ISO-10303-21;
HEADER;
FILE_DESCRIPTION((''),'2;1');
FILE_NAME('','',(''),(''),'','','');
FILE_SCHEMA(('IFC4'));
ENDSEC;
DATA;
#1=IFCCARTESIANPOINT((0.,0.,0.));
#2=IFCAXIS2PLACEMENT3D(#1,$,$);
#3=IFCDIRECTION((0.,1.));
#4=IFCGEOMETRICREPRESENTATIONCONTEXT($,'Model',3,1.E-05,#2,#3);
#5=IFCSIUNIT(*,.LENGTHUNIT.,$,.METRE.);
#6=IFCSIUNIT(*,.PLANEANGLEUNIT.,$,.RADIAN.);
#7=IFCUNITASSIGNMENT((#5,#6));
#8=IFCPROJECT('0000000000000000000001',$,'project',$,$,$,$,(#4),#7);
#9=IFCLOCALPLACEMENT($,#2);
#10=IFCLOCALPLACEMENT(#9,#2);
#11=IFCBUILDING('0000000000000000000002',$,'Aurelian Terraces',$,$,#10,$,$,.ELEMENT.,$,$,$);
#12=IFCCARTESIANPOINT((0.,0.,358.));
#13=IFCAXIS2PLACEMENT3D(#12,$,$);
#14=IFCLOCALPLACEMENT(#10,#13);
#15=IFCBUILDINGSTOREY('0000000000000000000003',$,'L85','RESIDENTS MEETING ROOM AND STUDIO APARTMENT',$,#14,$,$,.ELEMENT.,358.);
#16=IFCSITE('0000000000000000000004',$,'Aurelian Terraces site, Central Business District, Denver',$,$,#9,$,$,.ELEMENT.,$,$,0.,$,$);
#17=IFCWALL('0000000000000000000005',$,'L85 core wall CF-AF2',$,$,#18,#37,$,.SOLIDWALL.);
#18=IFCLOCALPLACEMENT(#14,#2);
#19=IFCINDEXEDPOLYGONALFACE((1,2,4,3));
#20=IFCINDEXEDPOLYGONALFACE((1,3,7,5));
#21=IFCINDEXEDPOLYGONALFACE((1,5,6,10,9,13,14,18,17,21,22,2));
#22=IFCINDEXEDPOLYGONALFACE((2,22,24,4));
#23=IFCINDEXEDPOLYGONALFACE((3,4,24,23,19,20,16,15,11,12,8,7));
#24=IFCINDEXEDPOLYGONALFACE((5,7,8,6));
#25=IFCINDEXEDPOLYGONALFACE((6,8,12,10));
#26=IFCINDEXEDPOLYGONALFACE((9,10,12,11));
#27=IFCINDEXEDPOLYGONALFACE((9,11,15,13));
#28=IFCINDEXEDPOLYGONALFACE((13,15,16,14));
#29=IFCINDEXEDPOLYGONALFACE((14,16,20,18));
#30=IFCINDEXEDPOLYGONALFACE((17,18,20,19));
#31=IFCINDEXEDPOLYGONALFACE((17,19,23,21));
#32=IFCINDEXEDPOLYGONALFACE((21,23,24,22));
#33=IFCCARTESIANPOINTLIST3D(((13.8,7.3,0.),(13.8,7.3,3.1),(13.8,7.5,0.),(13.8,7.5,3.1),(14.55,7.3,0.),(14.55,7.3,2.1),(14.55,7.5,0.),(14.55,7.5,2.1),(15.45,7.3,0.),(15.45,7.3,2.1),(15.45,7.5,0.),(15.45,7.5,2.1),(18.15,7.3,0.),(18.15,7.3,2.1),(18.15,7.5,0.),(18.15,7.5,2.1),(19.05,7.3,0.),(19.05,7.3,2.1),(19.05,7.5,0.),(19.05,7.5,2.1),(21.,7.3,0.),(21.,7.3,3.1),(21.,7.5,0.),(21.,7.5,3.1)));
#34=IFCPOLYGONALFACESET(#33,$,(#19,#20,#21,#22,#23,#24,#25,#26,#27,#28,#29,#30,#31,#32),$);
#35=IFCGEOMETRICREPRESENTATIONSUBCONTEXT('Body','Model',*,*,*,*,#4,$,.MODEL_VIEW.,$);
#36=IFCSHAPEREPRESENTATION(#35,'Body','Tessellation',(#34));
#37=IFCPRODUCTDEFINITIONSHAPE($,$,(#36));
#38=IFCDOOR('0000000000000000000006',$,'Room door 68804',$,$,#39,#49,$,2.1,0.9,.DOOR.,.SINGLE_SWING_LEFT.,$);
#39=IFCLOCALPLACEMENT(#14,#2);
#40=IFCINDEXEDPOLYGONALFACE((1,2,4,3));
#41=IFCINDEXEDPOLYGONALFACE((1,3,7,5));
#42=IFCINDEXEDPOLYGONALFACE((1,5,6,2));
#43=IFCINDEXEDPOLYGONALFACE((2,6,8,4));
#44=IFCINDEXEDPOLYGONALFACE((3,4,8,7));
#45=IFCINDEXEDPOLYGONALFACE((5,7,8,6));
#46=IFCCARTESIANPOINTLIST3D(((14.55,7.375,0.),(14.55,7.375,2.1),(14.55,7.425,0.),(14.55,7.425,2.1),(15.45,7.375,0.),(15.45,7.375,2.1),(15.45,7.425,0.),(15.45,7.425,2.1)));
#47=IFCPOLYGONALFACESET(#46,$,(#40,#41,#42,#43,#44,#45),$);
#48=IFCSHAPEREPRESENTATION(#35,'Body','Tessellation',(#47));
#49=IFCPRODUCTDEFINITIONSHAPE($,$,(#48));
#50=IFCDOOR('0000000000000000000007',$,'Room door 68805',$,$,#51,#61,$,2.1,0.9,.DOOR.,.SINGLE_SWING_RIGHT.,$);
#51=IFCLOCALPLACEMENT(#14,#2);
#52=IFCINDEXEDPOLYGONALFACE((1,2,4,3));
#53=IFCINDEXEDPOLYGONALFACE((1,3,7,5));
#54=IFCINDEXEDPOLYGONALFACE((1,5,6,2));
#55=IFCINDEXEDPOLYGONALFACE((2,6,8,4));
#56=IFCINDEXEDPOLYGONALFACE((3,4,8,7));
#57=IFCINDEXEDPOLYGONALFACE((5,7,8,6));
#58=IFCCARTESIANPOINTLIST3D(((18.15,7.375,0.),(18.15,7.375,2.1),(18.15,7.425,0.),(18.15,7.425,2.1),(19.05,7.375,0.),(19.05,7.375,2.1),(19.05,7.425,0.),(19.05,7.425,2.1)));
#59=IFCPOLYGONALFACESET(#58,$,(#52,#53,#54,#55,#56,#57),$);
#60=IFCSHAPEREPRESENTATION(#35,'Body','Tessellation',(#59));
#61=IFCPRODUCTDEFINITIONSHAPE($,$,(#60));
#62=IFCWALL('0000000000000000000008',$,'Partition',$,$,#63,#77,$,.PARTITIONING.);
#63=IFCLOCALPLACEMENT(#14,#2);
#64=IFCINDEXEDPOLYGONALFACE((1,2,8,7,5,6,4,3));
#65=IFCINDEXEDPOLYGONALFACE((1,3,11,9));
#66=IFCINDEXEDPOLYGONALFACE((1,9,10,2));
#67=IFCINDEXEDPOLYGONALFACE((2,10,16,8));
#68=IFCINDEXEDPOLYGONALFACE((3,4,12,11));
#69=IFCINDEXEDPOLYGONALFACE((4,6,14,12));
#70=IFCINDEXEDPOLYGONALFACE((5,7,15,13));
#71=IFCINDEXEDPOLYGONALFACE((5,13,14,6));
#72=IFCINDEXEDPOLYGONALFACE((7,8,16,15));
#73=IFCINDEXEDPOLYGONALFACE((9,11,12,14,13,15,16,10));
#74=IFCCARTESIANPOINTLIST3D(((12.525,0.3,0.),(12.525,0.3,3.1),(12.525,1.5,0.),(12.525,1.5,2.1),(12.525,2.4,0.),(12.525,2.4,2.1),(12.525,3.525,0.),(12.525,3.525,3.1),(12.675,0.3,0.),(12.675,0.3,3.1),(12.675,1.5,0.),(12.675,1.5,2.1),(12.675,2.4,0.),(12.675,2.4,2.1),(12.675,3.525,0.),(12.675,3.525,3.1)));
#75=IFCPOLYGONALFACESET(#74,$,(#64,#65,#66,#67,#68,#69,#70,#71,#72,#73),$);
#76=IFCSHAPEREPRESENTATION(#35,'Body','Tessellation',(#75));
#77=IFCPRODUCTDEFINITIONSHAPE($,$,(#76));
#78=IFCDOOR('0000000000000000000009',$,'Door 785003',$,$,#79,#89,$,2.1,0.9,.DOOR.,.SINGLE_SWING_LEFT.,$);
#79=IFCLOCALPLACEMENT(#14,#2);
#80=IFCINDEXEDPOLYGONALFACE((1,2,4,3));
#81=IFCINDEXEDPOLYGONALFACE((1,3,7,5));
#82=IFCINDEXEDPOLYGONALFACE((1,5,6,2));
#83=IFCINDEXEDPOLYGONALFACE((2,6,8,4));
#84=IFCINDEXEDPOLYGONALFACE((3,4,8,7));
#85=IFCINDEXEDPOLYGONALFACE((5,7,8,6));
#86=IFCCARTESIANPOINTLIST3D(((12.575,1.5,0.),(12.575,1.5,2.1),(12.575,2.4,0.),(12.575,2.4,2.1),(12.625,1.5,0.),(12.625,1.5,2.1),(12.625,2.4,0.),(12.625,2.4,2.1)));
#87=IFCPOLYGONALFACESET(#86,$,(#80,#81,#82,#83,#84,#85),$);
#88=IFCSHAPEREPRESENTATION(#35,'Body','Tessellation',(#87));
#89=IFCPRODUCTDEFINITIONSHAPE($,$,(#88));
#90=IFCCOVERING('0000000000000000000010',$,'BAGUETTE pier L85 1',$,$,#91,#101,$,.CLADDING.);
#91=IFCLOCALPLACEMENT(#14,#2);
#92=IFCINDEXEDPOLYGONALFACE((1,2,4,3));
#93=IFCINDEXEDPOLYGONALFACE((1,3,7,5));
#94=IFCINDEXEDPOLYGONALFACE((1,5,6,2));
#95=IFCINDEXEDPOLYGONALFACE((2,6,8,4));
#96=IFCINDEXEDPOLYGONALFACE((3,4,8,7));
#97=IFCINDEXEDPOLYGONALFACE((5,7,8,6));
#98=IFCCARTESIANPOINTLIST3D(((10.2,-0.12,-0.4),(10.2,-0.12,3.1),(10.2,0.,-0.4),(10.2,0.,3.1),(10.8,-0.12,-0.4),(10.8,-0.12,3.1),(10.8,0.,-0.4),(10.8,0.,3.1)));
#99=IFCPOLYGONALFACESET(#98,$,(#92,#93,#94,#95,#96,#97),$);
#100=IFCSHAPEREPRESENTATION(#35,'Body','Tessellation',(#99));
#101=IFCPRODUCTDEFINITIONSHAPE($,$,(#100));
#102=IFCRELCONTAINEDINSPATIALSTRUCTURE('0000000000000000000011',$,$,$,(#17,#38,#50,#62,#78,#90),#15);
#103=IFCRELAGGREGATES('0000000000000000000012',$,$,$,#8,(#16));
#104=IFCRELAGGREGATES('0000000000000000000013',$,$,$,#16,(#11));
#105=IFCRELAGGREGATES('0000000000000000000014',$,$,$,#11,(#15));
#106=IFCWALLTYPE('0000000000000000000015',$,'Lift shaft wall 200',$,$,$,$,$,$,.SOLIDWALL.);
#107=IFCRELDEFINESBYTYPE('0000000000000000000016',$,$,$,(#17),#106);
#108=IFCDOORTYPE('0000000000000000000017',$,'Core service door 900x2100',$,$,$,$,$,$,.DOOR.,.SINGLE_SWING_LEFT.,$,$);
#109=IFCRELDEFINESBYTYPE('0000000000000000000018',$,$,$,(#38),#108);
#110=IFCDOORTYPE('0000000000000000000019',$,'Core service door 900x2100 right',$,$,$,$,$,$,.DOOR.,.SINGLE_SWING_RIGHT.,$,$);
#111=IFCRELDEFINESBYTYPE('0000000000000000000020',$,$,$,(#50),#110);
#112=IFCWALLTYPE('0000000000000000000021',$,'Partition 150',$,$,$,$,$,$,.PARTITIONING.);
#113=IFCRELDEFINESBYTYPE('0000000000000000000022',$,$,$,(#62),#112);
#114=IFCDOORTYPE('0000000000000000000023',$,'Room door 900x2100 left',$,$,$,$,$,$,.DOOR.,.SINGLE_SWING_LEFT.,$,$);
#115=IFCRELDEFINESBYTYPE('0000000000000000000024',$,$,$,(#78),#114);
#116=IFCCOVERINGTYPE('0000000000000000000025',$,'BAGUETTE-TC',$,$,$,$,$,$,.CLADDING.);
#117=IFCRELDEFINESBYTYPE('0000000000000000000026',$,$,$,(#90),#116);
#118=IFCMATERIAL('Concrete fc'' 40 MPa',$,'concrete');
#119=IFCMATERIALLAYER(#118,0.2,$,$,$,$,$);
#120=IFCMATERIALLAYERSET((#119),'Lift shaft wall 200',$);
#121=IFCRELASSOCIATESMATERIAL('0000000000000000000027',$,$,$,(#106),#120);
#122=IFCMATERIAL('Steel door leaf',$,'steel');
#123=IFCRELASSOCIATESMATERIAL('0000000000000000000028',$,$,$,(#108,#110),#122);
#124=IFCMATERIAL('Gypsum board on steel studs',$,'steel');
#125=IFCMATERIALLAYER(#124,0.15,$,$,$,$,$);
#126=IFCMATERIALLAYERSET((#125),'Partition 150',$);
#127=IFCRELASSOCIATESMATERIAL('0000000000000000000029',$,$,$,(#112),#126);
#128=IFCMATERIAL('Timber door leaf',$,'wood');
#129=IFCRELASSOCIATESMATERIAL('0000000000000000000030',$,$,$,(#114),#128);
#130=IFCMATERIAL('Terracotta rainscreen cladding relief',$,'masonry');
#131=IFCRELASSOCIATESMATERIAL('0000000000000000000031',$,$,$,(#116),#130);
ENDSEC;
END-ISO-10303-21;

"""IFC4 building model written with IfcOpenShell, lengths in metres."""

from ifc_helpers import new_model, si_unit, direction, frame, frame_2d, origin, origin_2d, place, context, subcontext, project, spatial, rectangle, extrude, source, transform, mapped, material, layer, layer_set, type_object, element, fill, save


model = new_model("IFC4")

# Units and contexts
model_context = context("Model", 3, precision=1e-05, world=origin(), true_north=direction((0.0, 1.0)))
body_context = subcontext(model_context, "Body", "Model", "MODEL_VIEW")
ifc_project = project(units=[si_unit("LENGTHUNIT", "METRE"), si_unit("PLANEANGLEUNIT", "RADIAN")], contexts=[model_context])

# Site, building, storey
site_placement = place(None, origin())
site = spatial("IfcSite", under=ifc_project, at=site_placement, Name="Aurelian Terraces site, Central Business District, Denver", CompositionType="ELEMENT", RefElevation=0.0)
building_placement = place(site_placement, origin())
building = spatial("IfcBuilding", under=site, at=building_placement, Name="Aurelian Terraces", CompositionType="ELEMENT")
storey_placement = place(building_placement, frame((0.0, 0.0, 358.0)))
storey = spatial("IfcBuildingStorey", under=building, at=storey_placement, Name="L85", Description="RESIDENTS MEETING ROOM AND STUDIO APARTMENT", CompositionType="ELEMENT", Elevation=358.0)

# Shared definitions
ifc_material_1 = material(Name="Concrete fc' 40 MPa", Category="concrete")
ifc_layer_1 = layer(ifc_material_1, 0.2)
ifc_layer_set_1 = layer_set([ifc_layer_1], Name="Lift shaft wall 200")
wall_type_1 = type_object("IfcWallType", Name="Lift shaft wall 200", PredefinedType="SOLIDWALL", material=ifc_layer_set_1)
ifc_material_2 = material(Name="Gypsum board on steel studs", Category="steel")

# Wall, openings, doors
shared_shape_1 = source(origin(), body_context, "Body", "SweptSolid", [
    extrude(rectangle(XDim=7.2, YDim=0.2, at=frame_2d((3.6, 0.0))), origin(), (0.0, 0.0, 1.0), 3.1),
])
wall_1_placement = place(storey_placement, frame((13.8, 7.4, 0.0), z_axis=(0.0, 0.0, 1.0), x_axis=(1.0, 0.0, 0.0)))
wall_1 = element("IfcWall", 1, at=wall_1_placement, inside=storey, type_object=wall_type_1, Name="L85 core wall CF-AF2", PredefinedType="SOLIDWALL", context=body_context, shape_type="MappedRepresentation", body=[
    mapped(shared_shape_1, transform((0.0, 0.0, 0.0), scale=1.0)),
])
shared_shape_2 = source(origin(), body_context, "Body", "SweptSolid", [
    extrude(rectangle(XDim=0.9, YDim=2.1, at=frame_2d((0.45, 1.05))), frame((0.0, 0.11, 0.0), z_axis=(0.0, -1.0, 0.0), x_axis=(1.0, 0.0, 0.0)), (0.0, 0.0, 1.0), 0.22),
])
opening_1_placement = place(wall_1_placement, frame((0.75, 0.0, 0.0)))
opening_1 = element("IfcOpeningElement", 2, at=opening_1_placement, cuts=wall_1, PredefinedType="OPENING", context=body_context, shape_type="MappedRepresentation", body=[
    mapped(shared_shape_2, transform((0.0, 0.0, 0.0), scale=1.0)),
])
opening_2_placement = place(wall_1_placement, frame((4.35, 0.0, 0.0)))
opening_2 = element("IfcOpeningElement", 3, at=opening_2_placement, cuts=wall_1, PredefinedType="OPENING", context=body_context, shape_type="MappedRepresentation", body=[
    mapped(shared_shape_2, transform((0.0, 0.0, 0.0), scale=1.0)),
])
ifc_material_3 = material(Name="Steel door leaf", Category="steel")
door_type_1 = type_object("IfcDoorType", Name="Core service door 900x2100", OperationType="SINGLE_SWING_LEFT", PredefinedType="DOOR", material=ifc_material_3)
shared_shape_3 = source(origin(), body_context, "Body", "SweptSolid", [
    extrude(rectangle(XDim=0.9, YDim=2.1, at=frame_2d((0.45, 1.05))), frame((0.0, 0.025, 0.0), z_axis=(0.0, -1.0, 0.0), x_axis=(1.0, 0.0, 0.0)), (0.0, 0.0, 1.0), 0.05),
])
door_1_placement = place(opening_1_placement, origin())
door_1 = element("IfcDoor", 4, at=door_1_placement, inside=storey, type_object=door_type_1, Name="Room door 68804", OperationType="SINGLE_SWING_LEFT", OverallHeight=2.1, OverallWidth=0.9, PredefinedType="DOOR", context=body_context, shape_type="MappedRepresentation", body=[
    mapped(shared_shape_3, transform((0.0, 0.0, 0.0), scale=1.0)),
])
fill(opening_1, door_1)
door_type_2 = type_object("IfcDoorType", Name="Core service door 900x2100 right", OperationType="SINGLE_SWING_RIGHT", PredefinedType="DOOR", material=ifc_material_3)
door_2_placement = place(opening_2_placement, origin())
door_2 = element("IfcDoor", 5, at=door_2_placement, inside=storey, type_object=door_type_2, Name="Room door 68805", OperationType="SINGLE_SWING_RIGHT", OverallHeight=2.1, OverallWidth=0.9, PredefinedType="DOOR", context=body_context, shape_type="MappedRepresentation", body=[
    mapped(shared_shape_3, transform((0.0, 0.0, 0.0), scale=1.0)),
])
fill(opening_2, door_2)

# Wall, opening, door
ifc_layer_2 = layer(ifc_material_2, 0.15)
ifc_layer_set_2 = layer_set([ifc_layer_2], Name="Partition 150")
wall_type_2 = type_object("IfcWallType", Name="Partition 150", PredefinedType="PARTITIONING", material=ifc_layer_set_2)
shared_shape_4 = source(origin(), body_context, "Body", "SweptSolid", [
    extrude(rectangle(XDim=3.225, YDim=0.15, at=frame_2d((1.6125, 0.0))), origin(), (0.0, 0.0, 1.0), 3.1),
])
wall_2_placement = place(storey_placement, frame((12.6, 3.525, 0.0), z_axis=(0.0, 0.0, 1.0), x_axis=(0.0, -1.0, 0.0)))
wall_2 = element("IfcWall", 6, at=wall_2_placement, inside=storey, type_object=wall_type_2, Name="Partition", PredefinedType="PARTITIONING", context=body_context, shape_type="MappedRepresentation", body=[
    mapped(shared_shape_4, transform((0.0, 0.0, 0.0), scale=1.0)),
])
shared_shape_5 = source(origin(), body_context, "Body", "SweptSolid", [
    extrude(rectangle(XDim=0.9, YDim=2.1, at=frame_2d((0.45, 1.05))), frame((0.0, 0.085, 0.0), z_axis=(0.0, -1.0, 0.0), x_axis=(1.0, 0.0, 0.0)), (0.0, 0.0, 1.0), 0.17),
])
opening_3_placement = place(wall_2_placement, frame((1.125, 0.0, 0.0)))
opening_3 = element("IfcOpeningElement", 7, at=opening_3_placement, cuts=wall_2, PredefinedType="OPENING", context=body_context, shape_type="MappedRepresentation", body=[
    mapped(shared_shape_5, transform((0.0, 0.0, 0.0), scale=1.0)),
])
ifc_material_4 = material(Name="Timber door leaf", Category="wood")
door_type_3 = type_object("IfcDoorType", Name="Room door 900x2100 left", OperationType="SINGLE_SWING_LEFT", PredefinedType="DOOR", material=ifc_material_4)
door_3_placement = place(opening_3_placement, origin())
door_3 = element("IfcDoor", 8, at=door_3_placement, inside=storey, type_object=door_type_3, Name="Door 785003", OperationType="SINGLE_SWING_LEFT", OverallHeight=2.1, OverallWidth=0.9, PredefinedType="DOOR", context=body_context, shape_type="MappedRepresentation", body=[
    mapped(shared_shape_3, transform((0.0, 0.0, 0.0), scale=1.0)),
])
fill(opening_3, door_3)

# Covering
ifc_material_5 = material(Name="Terracotta rainscreen cladding relief", Category="masonry")
covering_type = type_object("IfcCoveringType", Name="BAGUETTE-TC", PredefinedType="CLADDING", material=ifc_material_5)
shared_shape_6 = source(origin(), body_context, "Body", "SweptSolid", [
    extrude(rectangle(XDim=0.6, YDim=0.12, at=origin_2d()), origin(), (0.0, 0.0, 1.0), 3.5),
])
covering_placement = place(storey_placement, frame((10.5, -0.06, -0.4), z_axis=(0.0, 0.0, 1.0), x_axis=(1.0, 0.0, 0.0)))
element("IfcCovering", 9, at=covering_placement, inside=storey, type_object=covering_type, Name="BAGUETTE pier L85 1", PredefinedType="CLADDING", context=body_context, shape_type="MappedRepresentation", body=[
    mapped(shared_shape_6, transform((0.0, 0.0, 0.0), scale=1.0)),
])

save(model, "model.ifc")
